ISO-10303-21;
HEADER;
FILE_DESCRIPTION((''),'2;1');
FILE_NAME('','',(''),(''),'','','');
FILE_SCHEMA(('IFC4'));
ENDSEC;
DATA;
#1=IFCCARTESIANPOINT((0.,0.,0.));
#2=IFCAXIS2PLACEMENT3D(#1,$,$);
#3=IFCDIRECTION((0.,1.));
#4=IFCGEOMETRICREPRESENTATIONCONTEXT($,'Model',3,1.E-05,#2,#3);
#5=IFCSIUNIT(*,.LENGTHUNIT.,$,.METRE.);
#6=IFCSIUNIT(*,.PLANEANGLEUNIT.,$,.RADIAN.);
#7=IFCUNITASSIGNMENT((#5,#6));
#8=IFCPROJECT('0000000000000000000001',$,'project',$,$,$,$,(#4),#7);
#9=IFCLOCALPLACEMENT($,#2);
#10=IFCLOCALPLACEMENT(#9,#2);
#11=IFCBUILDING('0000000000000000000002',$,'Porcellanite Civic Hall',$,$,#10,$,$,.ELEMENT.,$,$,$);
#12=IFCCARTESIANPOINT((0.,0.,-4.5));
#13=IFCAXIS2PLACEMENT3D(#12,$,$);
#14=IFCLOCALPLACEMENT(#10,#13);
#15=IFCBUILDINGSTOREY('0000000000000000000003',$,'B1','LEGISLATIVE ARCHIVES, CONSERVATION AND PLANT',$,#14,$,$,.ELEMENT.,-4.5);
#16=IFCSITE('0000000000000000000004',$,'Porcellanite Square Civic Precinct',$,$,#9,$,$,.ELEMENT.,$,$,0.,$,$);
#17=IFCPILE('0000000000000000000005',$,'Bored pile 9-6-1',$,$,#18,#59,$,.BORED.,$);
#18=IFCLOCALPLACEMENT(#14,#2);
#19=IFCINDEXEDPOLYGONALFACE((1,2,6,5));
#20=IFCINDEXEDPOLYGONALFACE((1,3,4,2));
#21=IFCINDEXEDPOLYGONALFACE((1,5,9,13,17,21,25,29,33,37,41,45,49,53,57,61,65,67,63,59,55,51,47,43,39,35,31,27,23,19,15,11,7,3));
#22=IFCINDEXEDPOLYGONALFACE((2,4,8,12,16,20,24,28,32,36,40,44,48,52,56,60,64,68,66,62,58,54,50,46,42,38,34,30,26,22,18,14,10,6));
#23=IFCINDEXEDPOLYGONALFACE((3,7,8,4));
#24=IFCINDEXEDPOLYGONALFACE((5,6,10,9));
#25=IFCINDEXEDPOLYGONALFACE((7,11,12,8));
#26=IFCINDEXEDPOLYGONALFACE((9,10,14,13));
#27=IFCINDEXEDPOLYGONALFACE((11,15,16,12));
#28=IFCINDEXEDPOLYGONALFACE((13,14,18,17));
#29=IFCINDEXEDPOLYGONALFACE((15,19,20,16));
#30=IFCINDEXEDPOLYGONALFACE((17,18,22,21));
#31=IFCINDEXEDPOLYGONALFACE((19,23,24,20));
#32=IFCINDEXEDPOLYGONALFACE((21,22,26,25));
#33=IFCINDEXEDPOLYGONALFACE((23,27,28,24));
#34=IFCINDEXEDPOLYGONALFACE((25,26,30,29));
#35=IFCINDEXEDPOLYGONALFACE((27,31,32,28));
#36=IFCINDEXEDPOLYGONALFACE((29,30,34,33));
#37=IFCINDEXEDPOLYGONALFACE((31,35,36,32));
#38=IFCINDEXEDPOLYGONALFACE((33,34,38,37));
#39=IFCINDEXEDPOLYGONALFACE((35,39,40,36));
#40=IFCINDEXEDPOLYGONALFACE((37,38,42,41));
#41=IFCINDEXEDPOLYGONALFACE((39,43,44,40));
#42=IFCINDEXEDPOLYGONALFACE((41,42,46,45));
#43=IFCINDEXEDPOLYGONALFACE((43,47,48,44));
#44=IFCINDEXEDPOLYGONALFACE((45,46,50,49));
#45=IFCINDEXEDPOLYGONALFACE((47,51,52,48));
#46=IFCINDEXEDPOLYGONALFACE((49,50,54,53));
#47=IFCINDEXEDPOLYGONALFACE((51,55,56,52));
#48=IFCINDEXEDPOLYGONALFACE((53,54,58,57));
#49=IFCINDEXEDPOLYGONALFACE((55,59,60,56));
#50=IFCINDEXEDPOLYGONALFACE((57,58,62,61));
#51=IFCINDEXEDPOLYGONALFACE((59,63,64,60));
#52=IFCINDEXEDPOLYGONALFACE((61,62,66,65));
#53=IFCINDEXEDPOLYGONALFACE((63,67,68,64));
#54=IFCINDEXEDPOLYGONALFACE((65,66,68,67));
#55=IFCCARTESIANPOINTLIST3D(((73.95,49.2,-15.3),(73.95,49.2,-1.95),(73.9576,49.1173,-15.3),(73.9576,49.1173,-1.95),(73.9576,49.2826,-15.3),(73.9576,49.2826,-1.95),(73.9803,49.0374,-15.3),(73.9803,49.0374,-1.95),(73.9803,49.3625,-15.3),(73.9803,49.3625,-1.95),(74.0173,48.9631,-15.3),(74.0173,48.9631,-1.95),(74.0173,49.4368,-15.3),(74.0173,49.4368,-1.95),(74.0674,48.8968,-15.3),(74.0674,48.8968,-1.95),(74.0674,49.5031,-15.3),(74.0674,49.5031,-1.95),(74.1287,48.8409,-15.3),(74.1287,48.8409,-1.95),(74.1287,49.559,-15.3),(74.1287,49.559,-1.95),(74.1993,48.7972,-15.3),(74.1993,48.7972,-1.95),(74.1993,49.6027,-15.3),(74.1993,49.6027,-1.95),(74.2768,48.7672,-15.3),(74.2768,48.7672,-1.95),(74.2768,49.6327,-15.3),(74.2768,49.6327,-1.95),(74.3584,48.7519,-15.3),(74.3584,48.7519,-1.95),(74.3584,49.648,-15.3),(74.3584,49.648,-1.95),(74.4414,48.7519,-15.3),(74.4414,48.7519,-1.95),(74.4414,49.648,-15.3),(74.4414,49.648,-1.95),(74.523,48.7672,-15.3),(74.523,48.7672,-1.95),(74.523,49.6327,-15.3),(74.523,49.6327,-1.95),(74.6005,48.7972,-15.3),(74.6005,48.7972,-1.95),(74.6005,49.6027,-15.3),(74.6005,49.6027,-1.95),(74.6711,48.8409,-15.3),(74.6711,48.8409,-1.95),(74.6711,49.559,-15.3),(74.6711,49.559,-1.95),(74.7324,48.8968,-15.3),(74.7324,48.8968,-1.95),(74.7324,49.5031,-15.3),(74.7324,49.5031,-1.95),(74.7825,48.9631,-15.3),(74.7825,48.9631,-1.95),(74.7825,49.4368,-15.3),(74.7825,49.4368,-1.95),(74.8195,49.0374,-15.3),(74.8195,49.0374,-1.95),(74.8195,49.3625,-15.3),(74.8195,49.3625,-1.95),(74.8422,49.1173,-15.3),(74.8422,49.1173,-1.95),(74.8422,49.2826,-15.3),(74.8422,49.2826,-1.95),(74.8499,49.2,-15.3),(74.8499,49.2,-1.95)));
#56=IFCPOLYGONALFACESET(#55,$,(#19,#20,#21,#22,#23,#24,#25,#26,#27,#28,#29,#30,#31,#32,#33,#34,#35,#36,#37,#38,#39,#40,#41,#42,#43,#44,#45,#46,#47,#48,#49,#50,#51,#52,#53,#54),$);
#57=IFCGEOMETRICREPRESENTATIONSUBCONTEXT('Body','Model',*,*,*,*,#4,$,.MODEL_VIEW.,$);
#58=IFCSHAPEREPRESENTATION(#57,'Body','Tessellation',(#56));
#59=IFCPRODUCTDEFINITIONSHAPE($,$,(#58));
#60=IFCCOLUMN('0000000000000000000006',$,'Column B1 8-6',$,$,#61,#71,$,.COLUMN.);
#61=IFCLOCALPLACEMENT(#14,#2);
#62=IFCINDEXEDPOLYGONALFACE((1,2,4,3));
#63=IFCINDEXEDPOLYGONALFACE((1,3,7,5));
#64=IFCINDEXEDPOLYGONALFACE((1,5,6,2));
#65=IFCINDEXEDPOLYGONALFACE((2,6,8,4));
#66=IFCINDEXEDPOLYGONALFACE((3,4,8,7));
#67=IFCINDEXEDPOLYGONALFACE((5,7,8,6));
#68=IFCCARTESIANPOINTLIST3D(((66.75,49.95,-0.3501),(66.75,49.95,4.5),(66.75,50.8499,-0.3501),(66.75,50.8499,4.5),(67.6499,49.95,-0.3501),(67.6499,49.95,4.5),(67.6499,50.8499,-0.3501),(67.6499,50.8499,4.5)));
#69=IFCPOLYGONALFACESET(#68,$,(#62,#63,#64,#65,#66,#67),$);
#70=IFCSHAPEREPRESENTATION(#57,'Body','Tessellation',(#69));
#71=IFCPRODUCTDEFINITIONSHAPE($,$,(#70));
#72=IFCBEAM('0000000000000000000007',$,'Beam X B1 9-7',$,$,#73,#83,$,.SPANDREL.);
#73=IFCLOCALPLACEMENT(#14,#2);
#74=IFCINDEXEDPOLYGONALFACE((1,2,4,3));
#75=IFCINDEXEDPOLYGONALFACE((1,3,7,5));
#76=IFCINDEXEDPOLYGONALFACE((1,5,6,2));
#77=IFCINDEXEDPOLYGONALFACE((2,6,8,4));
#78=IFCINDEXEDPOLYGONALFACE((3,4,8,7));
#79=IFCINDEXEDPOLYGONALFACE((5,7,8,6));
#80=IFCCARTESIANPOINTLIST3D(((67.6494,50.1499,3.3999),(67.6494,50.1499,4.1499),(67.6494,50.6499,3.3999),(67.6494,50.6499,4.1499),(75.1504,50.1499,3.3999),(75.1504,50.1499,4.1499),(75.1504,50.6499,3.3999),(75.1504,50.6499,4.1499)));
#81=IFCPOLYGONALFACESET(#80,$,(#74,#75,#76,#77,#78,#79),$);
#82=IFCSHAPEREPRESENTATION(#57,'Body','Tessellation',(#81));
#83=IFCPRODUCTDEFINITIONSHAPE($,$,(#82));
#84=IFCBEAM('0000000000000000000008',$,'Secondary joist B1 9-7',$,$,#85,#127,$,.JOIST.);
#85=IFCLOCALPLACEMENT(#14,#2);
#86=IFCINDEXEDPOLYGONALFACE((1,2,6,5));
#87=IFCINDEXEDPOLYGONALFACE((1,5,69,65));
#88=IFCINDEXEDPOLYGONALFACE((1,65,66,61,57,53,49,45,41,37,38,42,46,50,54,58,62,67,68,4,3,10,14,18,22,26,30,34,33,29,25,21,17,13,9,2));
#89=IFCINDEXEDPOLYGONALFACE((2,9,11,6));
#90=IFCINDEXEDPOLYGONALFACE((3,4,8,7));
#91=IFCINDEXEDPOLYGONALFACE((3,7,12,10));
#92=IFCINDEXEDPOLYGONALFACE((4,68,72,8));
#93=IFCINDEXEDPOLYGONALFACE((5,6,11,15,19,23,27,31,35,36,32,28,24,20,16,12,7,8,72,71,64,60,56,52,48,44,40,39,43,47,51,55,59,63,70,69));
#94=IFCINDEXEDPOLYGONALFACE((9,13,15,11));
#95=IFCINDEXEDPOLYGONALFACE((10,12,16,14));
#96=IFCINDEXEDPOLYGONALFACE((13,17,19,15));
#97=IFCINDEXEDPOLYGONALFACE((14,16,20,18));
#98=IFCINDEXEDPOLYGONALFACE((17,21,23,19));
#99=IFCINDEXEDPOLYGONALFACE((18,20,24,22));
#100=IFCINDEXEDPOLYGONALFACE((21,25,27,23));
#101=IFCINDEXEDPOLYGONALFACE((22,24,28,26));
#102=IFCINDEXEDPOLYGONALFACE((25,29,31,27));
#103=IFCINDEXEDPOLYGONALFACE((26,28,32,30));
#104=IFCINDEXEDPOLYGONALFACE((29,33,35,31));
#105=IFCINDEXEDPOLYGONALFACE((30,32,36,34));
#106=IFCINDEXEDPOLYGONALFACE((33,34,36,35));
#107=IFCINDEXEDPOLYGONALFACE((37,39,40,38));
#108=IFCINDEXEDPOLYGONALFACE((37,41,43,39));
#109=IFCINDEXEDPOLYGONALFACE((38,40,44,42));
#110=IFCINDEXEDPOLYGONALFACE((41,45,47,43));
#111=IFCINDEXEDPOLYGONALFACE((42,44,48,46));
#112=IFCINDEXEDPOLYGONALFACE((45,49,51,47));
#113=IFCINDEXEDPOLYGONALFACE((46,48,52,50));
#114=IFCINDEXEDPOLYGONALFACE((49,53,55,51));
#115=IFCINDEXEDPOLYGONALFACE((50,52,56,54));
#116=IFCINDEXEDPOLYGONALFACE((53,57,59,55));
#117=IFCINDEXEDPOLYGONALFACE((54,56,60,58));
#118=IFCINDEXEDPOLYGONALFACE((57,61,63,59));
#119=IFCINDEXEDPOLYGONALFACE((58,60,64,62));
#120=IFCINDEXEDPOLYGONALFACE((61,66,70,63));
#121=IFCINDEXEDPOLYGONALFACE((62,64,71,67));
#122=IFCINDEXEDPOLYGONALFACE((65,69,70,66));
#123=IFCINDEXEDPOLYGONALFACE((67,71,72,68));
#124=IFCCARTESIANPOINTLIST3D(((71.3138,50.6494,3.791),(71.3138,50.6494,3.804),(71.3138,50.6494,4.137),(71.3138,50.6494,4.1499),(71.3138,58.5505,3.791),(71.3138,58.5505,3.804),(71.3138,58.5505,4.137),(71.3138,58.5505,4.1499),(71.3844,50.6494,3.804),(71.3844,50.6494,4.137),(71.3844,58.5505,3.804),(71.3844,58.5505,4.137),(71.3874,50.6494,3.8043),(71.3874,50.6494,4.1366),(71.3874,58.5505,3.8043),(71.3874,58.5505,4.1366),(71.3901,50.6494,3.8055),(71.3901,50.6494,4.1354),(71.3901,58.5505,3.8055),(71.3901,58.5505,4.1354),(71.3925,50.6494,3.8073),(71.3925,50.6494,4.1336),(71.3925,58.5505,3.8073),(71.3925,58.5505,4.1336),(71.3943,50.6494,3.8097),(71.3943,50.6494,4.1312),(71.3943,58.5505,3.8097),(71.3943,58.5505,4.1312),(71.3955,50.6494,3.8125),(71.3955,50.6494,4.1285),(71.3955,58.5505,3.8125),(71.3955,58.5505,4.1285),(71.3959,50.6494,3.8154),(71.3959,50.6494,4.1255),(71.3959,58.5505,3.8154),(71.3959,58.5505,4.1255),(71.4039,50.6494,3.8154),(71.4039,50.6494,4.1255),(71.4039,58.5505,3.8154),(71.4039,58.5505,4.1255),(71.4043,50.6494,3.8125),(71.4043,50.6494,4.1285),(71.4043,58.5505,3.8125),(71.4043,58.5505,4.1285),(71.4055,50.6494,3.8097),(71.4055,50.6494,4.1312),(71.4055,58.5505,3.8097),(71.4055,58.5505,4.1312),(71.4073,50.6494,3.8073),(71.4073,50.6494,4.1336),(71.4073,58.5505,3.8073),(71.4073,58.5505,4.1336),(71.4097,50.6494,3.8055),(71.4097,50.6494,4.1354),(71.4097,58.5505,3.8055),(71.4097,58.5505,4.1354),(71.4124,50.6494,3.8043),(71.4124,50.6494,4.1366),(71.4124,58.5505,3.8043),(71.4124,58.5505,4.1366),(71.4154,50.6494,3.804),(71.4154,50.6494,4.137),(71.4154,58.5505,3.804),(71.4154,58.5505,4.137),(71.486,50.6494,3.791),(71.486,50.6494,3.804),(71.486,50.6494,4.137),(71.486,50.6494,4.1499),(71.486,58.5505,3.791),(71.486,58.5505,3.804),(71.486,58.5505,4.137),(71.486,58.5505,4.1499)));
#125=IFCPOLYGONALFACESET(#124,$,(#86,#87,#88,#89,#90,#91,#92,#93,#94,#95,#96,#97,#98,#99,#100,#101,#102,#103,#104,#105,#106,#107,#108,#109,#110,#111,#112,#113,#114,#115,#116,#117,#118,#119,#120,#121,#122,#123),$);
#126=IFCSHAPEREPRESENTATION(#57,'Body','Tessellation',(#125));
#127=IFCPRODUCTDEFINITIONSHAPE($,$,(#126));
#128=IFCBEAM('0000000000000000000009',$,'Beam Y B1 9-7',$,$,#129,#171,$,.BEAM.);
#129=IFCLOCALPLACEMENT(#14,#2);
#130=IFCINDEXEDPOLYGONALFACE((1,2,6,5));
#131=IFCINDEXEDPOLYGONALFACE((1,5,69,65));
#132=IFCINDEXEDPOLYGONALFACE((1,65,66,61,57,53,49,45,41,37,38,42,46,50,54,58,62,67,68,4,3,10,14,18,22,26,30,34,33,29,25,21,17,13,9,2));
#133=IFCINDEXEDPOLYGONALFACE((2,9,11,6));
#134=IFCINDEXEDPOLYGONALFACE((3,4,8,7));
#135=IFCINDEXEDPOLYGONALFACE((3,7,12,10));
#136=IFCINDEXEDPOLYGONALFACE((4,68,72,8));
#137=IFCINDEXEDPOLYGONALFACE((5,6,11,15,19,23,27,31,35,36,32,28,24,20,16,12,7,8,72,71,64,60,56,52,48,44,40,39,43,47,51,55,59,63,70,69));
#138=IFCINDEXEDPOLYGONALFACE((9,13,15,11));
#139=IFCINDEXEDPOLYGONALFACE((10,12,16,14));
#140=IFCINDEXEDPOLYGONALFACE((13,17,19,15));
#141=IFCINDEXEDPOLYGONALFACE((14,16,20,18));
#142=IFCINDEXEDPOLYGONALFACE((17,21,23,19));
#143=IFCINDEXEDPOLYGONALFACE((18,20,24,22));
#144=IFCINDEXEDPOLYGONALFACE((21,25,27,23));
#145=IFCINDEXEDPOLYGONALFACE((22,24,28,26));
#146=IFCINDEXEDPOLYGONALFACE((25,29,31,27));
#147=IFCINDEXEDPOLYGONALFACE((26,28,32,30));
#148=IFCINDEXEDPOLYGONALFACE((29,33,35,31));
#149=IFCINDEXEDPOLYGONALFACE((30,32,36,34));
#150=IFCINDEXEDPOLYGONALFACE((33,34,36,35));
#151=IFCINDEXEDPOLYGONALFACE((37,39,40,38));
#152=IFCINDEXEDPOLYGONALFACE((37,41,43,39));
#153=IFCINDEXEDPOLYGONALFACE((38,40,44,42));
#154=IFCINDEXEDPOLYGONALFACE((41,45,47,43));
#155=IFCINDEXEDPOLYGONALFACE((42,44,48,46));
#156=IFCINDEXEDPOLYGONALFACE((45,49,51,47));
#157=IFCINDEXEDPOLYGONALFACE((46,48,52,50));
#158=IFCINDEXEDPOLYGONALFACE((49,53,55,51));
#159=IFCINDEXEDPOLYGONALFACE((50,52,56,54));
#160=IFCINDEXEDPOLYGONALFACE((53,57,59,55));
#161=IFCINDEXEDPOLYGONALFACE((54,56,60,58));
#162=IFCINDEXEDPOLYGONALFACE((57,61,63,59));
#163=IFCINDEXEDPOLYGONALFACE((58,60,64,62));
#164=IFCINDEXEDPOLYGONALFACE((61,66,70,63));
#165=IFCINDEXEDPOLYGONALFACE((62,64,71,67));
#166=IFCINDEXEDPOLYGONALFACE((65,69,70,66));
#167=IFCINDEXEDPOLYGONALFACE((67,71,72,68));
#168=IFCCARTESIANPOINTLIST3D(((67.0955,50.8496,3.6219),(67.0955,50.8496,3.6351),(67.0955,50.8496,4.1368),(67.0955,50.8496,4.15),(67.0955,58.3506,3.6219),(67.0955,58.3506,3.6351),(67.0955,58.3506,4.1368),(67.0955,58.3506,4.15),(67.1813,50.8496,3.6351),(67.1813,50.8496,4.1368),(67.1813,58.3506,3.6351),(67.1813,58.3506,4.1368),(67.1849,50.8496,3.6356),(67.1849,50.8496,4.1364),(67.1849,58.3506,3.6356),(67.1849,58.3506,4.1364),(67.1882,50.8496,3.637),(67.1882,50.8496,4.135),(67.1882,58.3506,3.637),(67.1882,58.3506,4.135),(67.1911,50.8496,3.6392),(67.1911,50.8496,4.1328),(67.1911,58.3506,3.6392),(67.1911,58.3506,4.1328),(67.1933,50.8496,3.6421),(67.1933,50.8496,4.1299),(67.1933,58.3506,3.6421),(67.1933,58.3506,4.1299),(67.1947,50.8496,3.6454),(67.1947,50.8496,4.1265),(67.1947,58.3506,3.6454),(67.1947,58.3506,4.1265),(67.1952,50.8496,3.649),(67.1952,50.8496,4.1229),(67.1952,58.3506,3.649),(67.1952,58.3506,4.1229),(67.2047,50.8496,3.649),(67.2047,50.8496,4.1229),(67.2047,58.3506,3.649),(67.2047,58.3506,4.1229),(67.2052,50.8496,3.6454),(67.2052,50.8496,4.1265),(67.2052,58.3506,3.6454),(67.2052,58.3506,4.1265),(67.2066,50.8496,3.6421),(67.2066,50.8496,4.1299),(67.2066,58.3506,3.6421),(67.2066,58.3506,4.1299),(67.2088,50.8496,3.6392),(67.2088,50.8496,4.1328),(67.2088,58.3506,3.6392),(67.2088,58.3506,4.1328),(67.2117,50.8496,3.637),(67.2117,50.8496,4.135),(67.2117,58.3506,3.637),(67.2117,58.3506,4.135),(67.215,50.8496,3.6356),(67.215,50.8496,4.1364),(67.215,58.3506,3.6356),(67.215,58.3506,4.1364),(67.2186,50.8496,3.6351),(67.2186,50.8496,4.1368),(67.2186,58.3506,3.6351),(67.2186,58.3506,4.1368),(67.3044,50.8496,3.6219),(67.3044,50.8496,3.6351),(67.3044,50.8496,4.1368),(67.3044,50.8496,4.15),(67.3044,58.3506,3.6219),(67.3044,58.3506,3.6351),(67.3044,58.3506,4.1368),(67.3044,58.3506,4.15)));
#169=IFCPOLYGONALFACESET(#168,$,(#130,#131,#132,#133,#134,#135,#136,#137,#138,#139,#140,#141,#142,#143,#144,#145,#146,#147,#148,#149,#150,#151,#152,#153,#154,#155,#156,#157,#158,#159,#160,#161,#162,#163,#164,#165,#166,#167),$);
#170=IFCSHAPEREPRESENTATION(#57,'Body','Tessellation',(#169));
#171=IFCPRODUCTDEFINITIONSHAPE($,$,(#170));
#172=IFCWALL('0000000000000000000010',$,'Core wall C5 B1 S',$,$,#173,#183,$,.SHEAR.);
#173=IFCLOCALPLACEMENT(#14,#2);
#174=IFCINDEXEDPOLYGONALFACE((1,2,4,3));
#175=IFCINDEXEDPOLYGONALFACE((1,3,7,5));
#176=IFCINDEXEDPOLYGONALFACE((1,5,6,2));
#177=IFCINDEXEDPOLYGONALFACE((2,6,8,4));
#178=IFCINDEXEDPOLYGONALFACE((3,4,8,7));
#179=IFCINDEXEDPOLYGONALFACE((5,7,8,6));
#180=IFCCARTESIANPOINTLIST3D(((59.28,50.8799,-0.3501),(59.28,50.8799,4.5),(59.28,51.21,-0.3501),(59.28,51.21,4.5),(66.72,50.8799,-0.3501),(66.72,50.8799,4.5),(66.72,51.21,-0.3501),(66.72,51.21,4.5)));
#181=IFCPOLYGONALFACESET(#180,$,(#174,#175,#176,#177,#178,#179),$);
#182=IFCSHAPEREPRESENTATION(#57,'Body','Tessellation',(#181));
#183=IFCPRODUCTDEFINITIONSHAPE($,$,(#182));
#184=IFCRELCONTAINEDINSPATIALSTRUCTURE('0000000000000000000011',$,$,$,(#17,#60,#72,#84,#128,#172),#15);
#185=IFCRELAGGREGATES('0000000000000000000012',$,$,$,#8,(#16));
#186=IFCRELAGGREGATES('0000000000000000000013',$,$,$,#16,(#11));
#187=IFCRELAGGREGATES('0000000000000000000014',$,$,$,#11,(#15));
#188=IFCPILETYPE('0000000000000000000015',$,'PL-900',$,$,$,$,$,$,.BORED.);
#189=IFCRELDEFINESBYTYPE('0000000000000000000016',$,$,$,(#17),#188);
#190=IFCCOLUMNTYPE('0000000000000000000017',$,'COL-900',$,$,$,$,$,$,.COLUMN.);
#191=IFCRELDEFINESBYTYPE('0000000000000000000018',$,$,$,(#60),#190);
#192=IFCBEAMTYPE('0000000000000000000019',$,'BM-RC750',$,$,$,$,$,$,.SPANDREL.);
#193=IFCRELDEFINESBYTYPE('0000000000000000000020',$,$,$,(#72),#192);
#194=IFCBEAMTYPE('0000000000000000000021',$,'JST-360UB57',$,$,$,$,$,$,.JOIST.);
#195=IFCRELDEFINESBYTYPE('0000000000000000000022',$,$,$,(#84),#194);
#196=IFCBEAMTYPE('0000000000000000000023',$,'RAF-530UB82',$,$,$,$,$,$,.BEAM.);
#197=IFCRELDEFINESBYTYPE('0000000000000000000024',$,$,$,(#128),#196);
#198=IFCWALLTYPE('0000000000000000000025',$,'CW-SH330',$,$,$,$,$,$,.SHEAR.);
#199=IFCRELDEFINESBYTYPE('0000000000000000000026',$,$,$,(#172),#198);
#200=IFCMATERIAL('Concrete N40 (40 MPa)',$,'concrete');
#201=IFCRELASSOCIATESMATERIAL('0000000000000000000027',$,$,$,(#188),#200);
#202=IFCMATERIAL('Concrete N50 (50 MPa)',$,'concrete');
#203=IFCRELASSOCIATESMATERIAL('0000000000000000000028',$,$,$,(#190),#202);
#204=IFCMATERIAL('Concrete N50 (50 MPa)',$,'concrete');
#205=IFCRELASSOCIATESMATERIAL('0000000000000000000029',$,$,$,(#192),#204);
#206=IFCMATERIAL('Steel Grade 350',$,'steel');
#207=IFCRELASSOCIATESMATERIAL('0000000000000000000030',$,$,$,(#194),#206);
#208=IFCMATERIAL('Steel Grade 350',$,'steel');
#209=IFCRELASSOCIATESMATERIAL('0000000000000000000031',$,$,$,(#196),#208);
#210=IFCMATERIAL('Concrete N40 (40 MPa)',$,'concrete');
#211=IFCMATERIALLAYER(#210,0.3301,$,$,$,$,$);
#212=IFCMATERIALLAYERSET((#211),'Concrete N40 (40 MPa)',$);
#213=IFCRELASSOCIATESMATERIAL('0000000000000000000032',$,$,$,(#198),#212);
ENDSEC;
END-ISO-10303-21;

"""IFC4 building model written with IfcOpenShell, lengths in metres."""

from ifc_helpers import new_model, si_unit, direction, frame, frame_2d, origin, origin_2d, place, context, subcontext, project, spatial, rectangle, circle, i_section, extrude, material, layer, layer_set, material_profile, profile_set, type_object, element, save


model = new_model("IFC4")

# Units and contexts
model_context = context("Model", 3, precision=1e-05, world=origin(), true_north=direction((0.0, 1.0)))
body_context = subcontext(model_context, "Body", "Model", "MODEL_VIEW")
ifc_project = project(units=[si_unit("LENGTHUNIT", "METRE"), si_unit("PLANEANGLEUNIT", "RADIAN")], contexts=[model_context])

# Site, building, storey
site_placement = place(None, origin())
site = spatial("IfcSite", under=ifc_project, at=site_placement, Name="Porcellanite Square Civic Precinct", CompositionType="ELEMENT", RefElevation=0.0)
building_placement = place(site_placement, origin())
building = spatial("IfcBuilding", under=site, at=building_placement, Name="Porcellanite Civic Hall", CompositionType="ELEMENT")
storey_placement = place(building_placement, frame((0.0, 0.0, -4.5)))
storey = spatial("IfcBuildingStorey", under=building, at=storey_placement, Name="B1", Description="LEGISLATIVE ARCHIVES, CONSERVATION AND PLANT", CompositionType="ELEMENT", Elevation=-4.5)

# Pile
ifc_material_1 = material(Name="Concrete N40 (40 MPa)", Category="concrete")
ifc_material_profile_1 = material_profile(ifc_material_1, circle(Radius=0.45, at=origin_2d()), Name="PILE-D900")
ifc_profile_set_1 = profile_set([ifc_material_profile_1], Name="Concrete N40 (40 MPa)")
pile_type = type_object("IfcPileType", Name="PL-900", PredefinedType="BORED", material=ifc_profile_set_1)
for number, where, z_axis, x_axis, name in (
    (1, (74.3999, 49.2, -1.95), (0.0, 0.0, -1.0), (1.0, 0.0, 0.0), "Bored pile 9-6-1"),
):
    element("IfcPile", number, at=place(storey_placement, frame(where, z_axis=z_axis, x_axis=x_axis)), inside=storey, type_object=pile_type, Name=name, PredefinedType="BORED", context=body_context, shape_type="SweptSolid", body=[
        extrude(circle(Radius=0.45, at=origin_2d()), origin(), (0.0, 0.0, 1.0), 13.3501),
    ])

# Column
ifc_material_2 = material(Name="Concrete N50 (50 MPa)", Category="concrete")
ifc_material_profile_2 = material_profile(ifc_material_2, rectangle(XDim=0.8999, YDim=0.8999, at=origin_2d()), Name="RC-900x900")
ifc_profile_set_2 = profile_set([ifc_material_profile_2], Name="Concrete N50 (50 MPa)")
column_type = type_object("IfcColumnType", Name="COL-900", PredefinedType="COLUMN", material=ifc_profile_set_2)
column_placement = place(storey_placement, frame((67.2, 50.3999, -0.3501), z_axis=(0.0, 0.0, 1.0), x_axis=(1.0, 0.0, 0.0)))
element("IfcColumn", 2, at=column_placement, inside=storey, type_object=column_type, Name="Column B1 8-6", PredefinedType="COLUMN", context=body_context, shape_type="SweptSolid", body=[
    extrude(rectangle(XDim=0.8999, YDim=0.8999, at=origin_2d()), origin(), (0.0, 0.0, 1.0), 4.8501),
])

# Beams
ifc_material_3 = material(Name="Concrete N50 (50 MPa)", Category="concrete")
ifc_material_profile_3 = material_profile(ifc_material_3, rectangle(XDim=0.5, YDim=0.75, at=origin_2d()), Name="RC-500x750")
ifc_profile_set_3 = profile_set([ifc_material_profile_3], Name="Concrete N50 (50 MPa)")
beam_type_1 = type_object("IfcBeamType", Name="BM-RC750", PredefinedType="SPANDREL", material=ifc_profile_set_3)
beam_1_placement = place(storey_placement, frame((67.6494, 50.3999, 3.7749), z_axis=(1.0, 0.0, 0.0), x_axis=(0.0, 1.0, 0.0)))
element("IfcBeam", 3, at=beam_1_placement, inside=storey, type_object=beam_type_1, Name="Beam X B1 9-7", PredefinedType="SPANDREL", context=body_context, shape_type="SweptSolid", body=[
    extrude(rectangle(XDim=0.5, YDim=0.75, at=origin_2d()), origin(), (0.0, 0.0, 1.0), 7.501),
])
ifc_material_4 = material(Name="Steel Grade 350", Category="steel")
ifc_material_profile_4 = material_profile(ifc_material_4, i_section(OverallWidth=0.1721, OverallDepth=0.3589, WebThickness=0.0081, FlangeThickness=0.0129, FilletRadius=0.0115, at=origin_2d()), Name="360UB56.7")
ifc_profile_set_4 = profile_set([ifc_material_profile_4], Name="Steel Grade 350")
beam_type_2 = type_object("IfcBeamType", Name="JST-360UB57", PredefinedType="JOIST", material=ifc_profile_set_4)
beam_2_placement = place(storey_placement, frame((71.3999, 50.6494, 3.9705), z_axis=(0.0, 1.0, 0.0), x_axis=(-1.0, 0.0, 0.0)))
element("IfcBeam", 4, at=beam_2_placement, inside=storey, type_object=beam_type_2, Name="Secondary joist B1 9-7", PredefinedType="JOIST", context=body_context, shape_type="SweptSolid", body=[
    extrude(i_section(OverallWidth=0.1721, OverallDepth=0.3589, WebThickness=0.0081, FlangeThickness=0.0129, FilletRadius=0.0115, at=origin_2d()), origin(), (0.0, 0.0, 1.0), 7.9011),
])
ifc_material_5 = material(Name="Steel Grade 350", Category="steel")
ifc_material_profile_5 = material_profile(ifc_material_5, i_section(OverallWidth=0.209, OverallDepth=0.5281, WebThickness=0.0095, FlangeThickness=0.0132, FilletRadius=0.0139, at=origin_2d()), Name="530UB82.0")
ifc_profile_set_5 = profile_set([ifc_material_profile_5], Name="Steel Grade 350")
beam_type_3 = type_object("IfcBeamType", Name="RAF-530UB82", PredefinedType="BEAM", material=ifc_profile_set_5)
beam_3_placement = place(storey_placement, frame((67.2, 50.8496, 3.886), z_axis=(0.0, 1.0, 0.0), x_axis=(-1.0, 0.0, 0.0)))
element("IfcBeam", 5, at=beam_3_placement, inside=storey, type_object=beam_type_3, Name="Beam Y B1 9-7", PredefinedType="BEAM", context=body_context, shape_type="SweptSolid", body=[
    extrude(i_section(OverallWidth=0.209, OverallDepth=0.5281, WebThickness=0.0095, FlangeThickness=0.0132, FilletRadius=0.0139, at=origin_2d()), origin(), (0.0, 0.0, 1.0), 7.501),
])

# Wall
ifc_material_6 = material(Name="Concrete N40 (40 MPa)", Category="concrete")
ifc_layer_1 = layer(ifc_material_6, 0.3301)
ifc_layer_set_1 = layer_set([ifc_layer_1], Name="Concrete N40 (40 MPa)")
wall_type_1 = type_object("IfcWallType", Name="CW-SH330", PredefinedType="SHEAR", material=ifc_layer_set_1)
wall_1_placement = place(storey_placement, frame((66.72, 51.0449, -0.3501), z_axis=(0.0, 0.0, 1.0), x_axis=(-1.0, 0.0, 0.0)))
element("IfcWall", 6, at=wall_1_placement, inside=storey, type_object=wall_type_1, Name="Core wall C5 B1 S", PredefinedType="SHEAR", context=body_context, shape_type="SweptSolid", body=[
    extrude(rectangle(XDim=7.4399, YDim=0.3301, at=frame_2d((3.72, 0.0))), origin(), (0.0, 0.0, 1.0), 4.8501),
])

save(model, "model.ifc")
